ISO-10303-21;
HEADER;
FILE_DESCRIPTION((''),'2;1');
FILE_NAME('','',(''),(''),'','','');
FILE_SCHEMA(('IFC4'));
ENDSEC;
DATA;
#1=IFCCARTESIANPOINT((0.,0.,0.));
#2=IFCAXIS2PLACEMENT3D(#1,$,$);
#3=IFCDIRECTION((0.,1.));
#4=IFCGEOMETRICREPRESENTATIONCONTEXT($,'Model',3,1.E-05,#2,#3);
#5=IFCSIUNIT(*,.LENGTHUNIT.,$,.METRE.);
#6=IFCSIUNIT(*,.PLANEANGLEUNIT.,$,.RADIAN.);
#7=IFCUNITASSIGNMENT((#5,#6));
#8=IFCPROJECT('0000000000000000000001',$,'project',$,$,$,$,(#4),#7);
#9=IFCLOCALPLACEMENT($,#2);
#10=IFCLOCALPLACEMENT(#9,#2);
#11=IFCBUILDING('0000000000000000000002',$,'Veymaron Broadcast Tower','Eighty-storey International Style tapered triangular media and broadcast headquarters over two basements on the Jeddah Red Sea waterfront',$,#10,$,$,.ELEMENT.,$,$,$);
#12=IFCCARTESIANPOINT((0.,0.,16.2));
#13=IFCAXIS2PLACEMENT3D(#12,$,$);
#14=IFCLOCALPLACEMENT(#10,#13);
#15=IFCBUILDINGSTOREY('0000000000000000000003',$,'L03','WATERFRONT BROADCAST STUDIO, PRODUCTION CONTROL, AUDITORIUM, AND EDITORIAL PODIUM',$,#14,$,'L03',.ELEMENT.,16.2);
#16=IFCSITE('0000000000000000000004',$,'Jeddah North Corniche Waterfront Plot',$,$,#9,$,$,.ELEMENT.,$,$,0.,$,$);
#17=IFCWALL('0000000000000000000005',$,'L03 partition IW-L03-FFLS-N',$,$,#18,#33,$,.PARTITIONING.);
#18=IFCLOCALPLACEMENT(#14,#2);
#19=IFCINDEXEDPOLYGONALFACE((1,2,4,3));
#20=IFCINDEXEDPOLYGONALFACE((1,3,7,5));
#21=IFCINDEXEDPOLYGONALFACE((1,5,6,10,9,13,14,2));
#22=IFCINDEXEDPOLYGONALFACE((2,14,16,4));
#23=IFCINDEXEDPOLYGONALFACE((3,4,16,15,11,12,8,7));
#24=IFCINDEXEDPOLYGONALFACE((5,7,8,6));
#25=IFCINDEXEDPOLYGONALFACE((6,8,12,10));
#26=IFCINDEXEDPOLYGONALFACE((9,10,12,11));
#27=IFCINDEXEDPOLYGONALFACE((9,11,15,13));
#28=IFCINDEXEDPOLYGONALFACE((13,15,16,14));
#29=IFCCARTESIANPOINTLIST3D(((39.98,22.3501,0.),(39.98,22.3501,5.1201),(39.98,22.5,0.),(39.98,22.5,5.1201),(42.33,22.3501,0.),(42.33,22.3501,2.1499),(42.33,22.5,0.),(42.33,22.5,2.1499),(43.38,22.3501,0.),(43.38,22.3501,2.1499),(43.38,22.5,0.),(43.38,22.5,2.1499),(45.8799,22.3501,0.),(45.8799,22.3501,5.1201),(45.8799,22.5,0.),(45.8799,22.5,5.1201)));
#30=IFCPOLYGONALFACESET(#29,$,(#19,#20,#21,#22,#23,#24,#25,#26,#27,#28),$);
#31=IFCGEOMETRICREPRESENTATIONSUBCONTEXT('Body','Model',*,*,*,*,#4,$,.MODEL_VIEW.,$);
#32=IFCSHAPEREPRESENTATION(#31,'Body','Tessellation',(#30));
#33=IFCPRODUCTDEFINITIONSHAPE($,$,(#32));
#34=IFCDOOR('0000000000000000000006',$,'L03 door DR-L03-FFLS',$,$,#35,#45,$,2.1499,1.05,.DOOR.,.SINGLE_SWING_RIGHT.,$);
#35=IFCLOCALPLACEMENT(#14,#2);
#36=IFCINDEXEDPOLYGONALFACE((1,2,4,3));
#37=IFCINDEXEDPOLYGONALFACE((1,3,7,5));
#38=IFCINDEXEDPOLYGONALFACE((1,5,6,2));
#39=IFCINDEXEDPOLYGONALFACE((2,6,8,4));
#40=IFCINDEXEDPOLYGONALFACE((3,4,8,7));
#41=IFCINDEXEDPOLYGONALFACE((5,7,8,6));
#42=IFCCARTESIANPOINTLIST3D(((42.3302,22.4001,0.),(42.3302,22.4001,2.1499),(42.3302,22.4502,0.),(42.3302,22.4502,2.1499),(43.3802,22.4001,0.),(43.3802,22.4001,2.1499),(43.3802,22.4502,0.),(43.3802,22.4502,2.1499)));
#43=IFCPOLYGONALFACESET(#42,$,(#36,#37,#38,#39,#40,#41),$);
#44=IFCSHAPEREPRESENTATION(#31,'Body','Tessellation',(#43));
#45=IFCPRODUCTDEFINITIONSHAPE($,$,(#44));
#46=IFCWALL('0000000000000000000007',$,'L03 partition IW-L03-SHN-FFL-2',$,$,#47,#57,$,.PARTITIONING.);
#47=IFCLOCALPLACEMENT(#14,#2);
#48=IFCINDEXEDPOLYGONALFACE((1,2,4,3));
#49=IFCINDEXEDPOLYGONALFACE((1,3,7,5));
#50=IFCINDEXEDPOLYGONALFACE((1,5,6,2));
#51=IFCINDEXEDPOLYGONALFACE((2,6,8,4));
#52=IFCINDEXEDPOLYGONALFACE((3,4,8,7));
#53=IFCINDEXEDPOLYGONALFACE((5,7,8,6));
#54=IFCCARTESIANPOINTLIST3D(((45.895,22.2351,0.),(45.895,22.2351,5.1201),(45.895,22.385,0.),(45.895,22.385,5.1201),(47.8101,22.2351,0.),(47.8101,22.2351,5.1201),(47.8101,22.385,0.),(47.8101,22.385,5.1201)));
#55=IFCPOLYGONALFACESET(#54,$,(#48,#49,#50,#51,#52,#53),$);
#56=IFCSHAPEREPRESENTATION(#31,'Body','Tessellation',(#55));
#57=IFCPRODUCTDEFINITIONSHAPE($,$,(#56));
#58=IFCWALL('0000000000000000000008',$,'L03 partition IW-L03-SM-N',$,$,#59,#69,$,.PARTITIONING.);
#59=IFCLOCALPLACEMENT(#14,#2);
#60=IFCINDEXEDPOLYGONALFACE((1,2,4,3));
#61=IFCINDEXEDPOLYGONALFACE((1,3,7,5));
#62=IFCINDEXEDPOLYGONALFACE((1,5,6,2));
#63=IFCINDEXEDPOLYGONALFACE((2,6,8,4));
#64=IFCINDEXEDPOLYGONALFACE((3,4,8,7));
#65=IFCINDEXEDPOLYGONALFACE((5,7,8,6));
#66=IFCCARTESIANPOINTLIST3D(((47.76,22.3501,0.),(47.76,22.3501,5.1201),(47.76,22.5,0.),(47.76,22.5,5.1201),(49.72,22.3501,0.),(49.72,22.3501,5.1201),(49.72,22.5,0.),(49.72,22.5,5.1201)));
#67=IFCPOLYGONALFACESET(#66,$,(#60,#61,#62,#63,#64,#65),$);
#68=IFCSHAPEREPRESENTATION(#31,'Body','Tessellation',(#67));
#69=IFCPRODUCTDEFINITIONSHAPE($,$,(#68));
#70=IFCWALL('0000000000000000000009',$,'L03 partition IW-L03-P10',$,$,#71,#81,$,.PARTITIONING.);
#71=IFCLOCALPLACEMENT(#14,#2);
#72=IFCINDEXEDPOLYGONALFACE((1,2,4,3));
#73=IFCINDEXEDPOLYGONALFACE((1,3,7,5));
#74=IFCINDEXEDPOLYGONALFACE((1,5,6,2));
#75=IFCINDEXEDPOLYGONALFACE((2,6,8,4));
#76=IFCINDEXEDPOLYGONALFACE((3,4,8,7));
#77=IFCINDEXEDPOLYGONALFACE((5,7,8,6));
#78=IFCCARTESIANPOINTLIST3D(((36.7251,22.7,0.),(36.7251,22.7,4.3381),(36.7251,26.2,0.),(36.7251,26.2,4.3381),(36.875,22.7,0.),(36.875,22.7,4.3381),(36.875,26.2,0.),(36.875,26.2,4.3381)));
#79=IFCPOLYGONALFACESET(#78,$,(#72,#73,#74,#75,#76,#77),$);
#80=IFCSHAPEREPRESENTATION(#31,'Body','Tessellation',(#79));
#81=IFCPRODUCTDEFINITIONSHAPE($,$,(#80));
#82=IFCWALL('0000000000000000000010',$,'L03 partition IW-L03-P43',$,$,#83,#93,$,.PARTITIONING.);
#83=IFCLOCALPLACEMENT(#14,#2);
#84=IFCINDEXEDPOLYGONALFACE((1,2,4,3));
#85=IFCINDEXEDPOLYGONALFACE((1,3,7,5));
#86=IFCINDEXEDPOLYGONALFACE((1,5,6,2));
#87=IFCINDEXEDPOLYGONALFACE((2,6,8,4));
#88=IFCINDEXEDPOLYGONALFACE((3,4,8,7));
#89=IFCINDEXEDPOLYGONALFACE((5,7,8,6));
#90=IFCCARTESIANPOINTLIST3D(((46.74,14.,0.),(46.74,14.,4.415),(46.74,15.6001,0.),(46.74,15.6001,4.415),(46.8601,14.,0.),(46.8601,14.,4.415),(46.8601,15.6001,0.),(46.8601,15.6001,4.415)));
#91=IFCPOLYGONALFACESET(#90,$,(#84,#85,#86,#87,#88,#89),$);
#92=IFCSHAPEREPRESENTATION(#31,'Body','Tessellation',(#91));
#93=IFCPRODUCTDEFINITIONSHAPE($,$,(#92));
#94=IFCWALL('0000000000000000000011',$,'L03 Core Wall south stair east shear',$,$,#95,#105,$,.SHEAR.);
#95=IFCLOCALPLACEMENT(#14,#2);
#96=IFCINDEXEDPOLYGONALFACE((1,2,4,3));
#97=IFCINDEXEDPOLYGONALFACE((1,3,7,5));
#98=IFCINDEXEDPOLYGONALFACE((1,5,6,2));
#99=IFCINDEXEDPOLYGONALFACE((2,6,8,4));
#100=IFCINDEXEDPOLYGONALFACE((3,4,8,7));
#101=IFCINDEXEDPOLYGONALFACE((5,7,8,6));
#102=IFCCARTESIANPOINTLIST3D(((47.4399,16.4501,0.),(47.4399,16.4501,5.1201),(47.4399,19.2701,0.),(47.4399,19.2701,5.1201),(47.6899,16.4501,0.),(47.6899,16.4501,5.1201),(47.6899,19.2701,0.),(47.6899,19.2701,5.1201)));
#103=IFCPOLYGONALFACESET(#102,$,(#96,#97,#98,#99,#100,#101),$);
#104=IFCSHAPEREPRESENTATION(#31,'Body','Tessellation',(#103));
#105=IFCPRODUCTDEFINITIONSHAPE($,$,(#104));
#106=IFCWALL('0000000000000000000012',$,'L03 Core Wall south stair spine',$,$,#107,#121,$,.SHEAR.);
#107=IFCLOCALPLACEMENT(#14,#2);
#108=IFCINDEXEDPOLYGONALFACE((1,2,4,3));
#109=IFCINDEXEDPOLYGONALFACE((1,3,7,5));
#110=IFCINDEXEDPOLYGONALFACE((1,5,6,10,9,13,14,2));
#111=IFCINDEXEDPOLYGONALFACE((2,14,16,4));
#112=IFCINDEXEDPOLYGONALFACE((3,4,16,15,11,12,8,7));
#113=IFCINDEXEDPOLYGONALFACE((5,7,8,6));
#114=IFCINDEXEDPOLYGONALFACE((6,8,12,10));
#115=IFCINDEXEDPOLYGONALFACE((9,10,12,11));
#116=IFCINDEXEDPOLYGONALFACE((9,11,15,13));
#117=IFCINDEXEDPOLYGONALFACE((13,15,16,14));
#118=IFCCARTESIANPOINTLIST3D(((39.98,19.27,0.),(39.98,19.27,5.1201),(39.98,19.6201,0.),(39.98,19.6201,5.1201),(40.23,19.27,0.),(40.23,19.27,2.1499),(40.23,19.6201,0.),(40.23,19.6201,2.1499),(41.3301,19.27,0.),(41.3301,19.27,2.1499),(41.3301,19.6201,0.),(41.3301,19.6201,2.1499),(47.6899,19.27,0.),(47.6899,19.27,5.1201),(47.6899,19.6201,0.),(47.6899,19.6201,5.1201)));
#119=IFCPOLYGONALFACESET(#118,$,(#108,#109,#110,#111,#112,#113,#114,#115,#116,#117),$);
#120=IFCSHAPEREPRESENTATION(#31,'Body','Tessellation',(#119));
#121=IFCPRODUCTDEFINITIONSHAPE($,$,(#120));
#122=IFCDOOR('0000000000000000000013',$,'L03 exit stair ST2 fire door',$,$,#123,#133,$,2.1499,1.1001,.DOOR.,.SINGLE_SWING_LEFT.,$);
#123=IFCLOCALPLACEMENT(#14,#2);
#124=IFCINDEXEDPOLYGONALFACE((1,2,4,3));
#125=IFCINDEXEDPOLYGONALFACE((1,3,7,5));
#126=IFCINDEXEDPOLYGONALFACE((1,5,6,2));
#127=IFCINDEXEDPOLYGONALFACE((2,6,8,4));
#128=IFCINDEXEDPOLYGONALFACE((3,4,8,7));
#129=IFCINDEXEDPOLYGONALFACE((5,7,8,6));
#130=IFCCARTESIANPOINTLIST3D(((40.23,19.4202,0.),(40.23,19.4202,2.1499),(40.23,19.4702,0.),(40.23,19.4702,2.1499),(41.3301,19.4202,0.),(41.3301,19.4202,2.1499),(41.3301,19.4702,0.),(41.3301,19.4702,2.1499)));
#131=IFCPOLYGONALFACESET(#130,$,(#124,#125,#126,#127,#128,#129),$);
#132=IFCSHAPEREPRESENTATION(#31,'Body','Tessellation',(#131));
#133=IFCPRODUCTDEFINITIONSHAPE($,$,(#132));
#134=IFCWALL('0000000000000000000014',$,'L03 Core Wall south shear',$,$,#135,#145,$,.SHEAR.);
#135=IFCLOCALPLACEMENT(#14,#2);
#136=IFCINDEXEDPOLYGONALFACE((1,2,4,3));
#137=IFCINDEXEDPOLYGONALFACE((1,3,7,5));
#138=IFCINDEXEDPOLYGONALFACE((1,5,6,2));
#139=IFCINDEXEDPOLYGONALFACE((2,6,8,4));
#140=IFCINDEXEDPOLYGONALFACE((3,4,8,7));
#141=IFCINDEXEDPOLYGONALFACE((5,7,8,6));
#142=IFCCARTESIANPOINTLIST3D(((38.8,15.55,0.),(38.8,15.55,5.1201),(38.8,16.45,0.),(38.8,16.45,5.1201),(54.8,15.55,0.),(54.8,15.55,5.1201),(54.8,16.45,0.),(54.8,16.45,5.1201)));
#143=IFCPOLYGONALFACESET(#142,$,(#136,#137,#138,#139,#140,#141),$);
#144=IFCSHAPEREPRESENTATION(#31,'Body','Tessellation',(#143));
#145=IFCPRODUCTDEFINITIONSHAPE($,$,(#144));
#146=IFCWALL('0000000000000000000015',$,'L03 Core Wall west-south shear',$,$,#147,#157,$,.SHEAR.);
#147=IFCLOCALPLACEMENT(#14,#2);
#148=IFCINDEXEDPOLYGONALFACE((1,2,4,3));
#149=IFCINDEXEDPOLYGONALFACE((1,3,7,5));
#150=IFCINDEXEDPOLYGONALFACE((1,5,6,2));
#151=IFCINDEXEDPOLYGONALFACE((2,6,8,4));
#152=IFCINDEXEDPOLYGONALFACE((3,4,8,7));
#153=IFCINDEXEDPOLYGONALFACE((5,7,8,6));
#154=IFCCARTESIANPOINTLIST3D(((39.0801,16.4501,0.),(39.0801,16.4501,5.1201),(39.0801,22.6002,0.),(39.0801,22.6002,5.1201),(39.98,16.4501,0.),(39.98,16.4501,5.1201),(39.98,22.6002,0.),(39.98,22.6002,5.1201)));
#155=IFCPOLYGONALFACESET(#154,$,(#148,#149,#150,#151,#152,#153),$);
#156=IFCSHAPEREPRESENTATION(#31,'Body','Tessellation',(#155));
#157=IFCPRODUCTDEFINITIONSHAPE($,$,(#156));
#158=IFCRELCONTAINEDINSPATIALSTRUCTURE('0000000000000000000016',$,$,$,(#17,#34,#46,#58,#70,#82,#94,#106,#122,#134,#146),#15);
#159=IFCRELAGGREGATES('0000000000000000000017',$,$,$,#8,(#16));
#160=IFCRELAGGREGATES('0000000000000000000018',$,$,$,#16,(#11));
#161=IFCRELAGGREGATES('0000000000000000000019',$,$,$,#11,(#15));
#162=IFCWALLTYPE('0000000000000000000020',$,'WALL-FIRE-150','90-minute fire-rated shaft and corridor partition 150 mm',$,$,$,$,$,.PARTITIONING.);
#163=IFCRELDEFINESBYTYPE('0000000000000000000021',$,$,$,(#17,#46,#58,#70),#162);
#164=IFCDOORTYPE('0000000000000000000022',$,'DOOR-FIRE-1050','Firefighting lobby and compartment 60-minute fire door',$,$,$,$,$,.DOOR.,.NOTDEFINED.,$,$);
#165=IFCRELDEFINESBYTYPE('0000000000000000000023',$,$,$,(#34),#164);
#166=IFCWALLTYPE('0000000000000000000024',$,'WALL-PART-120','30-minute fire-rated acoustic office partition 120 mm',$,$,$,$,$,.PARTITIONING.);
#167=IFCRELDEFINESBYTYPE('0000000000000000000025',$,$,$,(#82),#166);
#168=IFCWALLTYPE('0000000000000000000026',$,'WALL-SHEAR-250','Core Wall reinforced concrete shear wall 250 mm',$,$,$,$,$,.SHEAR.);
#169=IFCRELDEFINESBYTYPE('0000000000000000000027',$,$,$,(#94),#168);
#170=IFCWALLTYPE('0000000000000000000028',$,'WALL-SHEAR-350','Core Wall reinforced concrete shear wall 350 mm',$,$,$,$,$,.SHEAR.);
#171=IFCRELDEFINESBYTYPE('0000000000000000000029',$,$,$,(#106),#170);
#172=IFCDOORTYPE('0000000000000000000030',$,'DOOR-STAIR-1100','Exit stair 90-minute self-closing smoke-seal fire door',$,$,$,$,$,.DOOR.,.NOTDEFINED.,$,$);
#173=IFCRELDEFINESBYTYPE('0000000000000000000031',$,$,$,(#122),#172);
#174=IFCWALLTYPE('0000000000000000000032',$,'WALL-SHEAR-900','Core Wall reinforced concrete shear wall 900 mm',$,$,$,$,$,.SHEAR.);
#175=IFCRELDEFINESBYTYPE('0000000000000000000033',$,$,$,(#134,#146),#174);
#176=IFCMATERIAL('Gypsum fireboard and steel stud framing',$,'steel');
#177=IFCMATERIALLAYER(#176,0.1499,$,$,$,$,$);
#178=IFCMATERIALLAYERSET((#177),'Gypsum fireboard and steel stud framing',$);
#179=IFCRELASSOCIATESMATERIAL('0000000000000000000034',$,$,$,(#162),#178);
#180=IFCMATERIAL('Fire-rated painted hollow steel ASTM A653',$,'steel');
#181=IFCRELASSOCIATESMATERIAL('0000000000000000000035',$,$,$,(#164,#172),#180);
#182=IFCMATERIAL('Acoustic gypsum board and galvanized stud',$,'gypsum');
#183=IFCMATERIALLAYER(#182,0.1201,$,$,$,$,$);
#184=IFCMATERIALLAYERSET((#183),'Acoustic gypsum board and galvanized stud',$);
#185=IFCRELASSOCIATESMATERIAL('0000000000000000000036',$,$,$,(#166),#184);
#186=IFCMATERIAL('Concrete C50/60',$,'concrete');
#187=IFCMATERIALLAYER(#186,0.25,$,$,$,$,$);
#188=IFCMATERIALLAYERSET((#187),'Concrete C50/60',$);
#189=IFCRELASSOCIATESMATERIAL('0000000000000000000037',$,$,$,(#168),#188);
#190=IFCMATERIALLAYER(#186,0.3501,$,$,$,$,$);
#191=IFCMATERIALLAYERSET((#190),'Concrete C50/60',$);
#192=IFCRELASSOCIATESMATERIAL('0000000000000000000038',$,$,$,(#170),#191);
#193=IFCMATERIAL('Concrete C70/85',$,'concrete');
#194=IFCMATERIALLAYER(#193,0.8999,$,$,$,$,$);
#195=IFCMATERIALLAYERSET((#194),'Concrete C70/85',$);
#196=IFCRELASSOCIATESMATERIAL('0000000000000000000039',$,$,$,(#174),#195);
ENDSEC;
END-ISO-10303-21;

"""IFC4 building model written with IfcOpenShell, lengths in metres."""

from ifc_helpers import new_model, si_unit, direction, frame, frame_2d, origin, place, context, subcontext, project, spatial, rectangle, extrude, material, layer, layer_set, type_object, element, fill, save


model = new_model("IFC4")

# Units and contexts
model_context = context("Model", 3, precision=1e-05, world=origin(), true_north=direction((0.0, 1.0)))
body_context = subcontext(model_context, "Body", "Model", "MODEL_VIEW")
ifc_project = project(units=[si_unit("LENGTHUNIT", "METRE"), si_unit("PLANEANGLEUNIT", "RADIAN")], contexts=[model_context])

# Site, building, storey
site_placement = place(None, origin())
site = spatial("IfcSite", under=ifc_project, at=site_placement, Name="Jeddah North Corniche Waterfront Plot", CompositionType="ELEMENT", RefElevation=0.0)
building_placement = place(site_placement, origin())
building = spatial("IfcBuilding", under=site, at=building_placement, Name="Veymaron Broadcast Tower", Description="Eighty-storey International Style tapered triangular media and broadcast headquarters over two basements on the Jeddah Red Sea waterfront", CompositionType="ELEMENT")
storey_placement = place(building_placement, frame((0.0, 0.0, 16.2)))
storey = spatial("IfcBuildingStorey", under=building, at=storey_placement, Name="L03", Description="WATERFRONT BROADCAST STUDIO, PRODUCTION CONTROL, AUDITORIUM, AND EDITORIAL PODIUM", LongName="L03", CompositionType="ELEMENT", Elevation=16.2)

# Shared definitions
ifc_material_1 = material(Name="Concrete C50/60", Category="concrete")

# Shared definitions
ifc_material_2 = material(Name="Concrete C70/85", Category="concrete")

# Wall, opening, door
ifc_material_3 = material(Name="Gypsum fireboard and steel stud framing", Category="steel")
ifc_layer_1 = layer(ifc_material_3, 0.1499)
ifc_layer_set_1 = layer_set([ifc_layer_1], Name="Gypsum fireboard and steel stud framing")
wall_type_1 = type_object("IfcWallType", Name="WALL-FIRE-150", Description="90-minute fire-rated shaft and corridor partition 150 mm", PredefinedType="PARTITIONING", material=ifc_layer_set_1)
wall_1_placement = place(storey_placement, frame((39.98, 22.425, 0.0), z_axis=(0.0, 0.0, 1.0), x_axis=(1.0, 0.0, 0.0)))
wall_1 = element("IfcWall", 1, at=wall_1_placement, inside=storey, type_object=wall_type_1, Name="L03 partition IW-L03-FFLS-N", PredefinedType="PARTITIONING", context=body_context, shape_type="SweptSolid", body=[
    extrude(rectangle(XDim=5.8999, YDim=0.1499, at=frame_2d((2.95, 0.0))), origin(), (0.0, 0.0, 1.0), 5.1201),
])
opening_1_placement = place(wall_1_placement, frame((2.3501, 0.0, 0.0)))
opening_1 = element("IfcOpeningElement", 2, at=opening_1_placement, cuts=wall_1, PredefinedType="OPENING", context=body_context, shape_type="SweptSolid", body=[
    extrude(rectangle(XDim=1.05, YDim=2.1499, at=frame_2d((0.5249, 1.075))), frame((0.0, 0.085, 0.0), z_axis=(0.0, -1.0, 0.0), x_axis=(1.0, 0.0, 0.0)), (0.0, 0.0, 1.0), 0.1699),
])
ifc_material_4 = material(Name="Fire-rated painted hollow steel ASTM A653", Category="steel")
door_type_1 = type_object("IfcDoorType", Name="DOOR-FIRE-1050", Description="Firefighting lobby and compartment 60-minute fire door", OperationType="NOTDEFINED", PredefinedType="DOOR", material=ifc_material_4)
door_1_placement = place(opening_1_placement, frame((1.05, 0.0, 0.0), z_axis=(0.0, 0.0, 1.0), x_axis=(-1.0, 0.0, 0.0)))
door_1 = element("IfcDoor", 3, at=door_1_placement, inside=storey, type_object=door_type_1, Name="L03 door DR-L03-FFLS", OperationType="SINGLE_SWING_RIGHT", OverallHeight=2.1499, OverallWidth=1.05, PredefinedType="DOOR", context=body_context, shape_type="SweptSolid", body=[
    extrude(rectangle(XDim=1.05, YDim=2.1499, at=frame_2d((0.5249, 1.075))), frame((0.0, 0.0249, 0.0), z_axis=(0.0, -1.0, 0.0), x_axis=(1.0, 0.0, 0.0)), (0.0, 0.0, 1.0), 0.05),
])
fill(opening_1, door_1)

# Walls
wall_2_placement = place(storey_placement, frame((45.895, 22.3101, 0.0), z_axis=(0.0, 0.0, 1.0), x_axis=(1.0, 0.0, 0.0)))
element("IfcWall", 4, at=wall_2_placement, inside=storey, type_object=wall_type_1, Name="L03 partition IW-L03-SHN-FFL-2", PredefinedType="PARTITIONING", context=body_context, shape_type="SweptSolid", body=[
    extrude(rectangle(XDim=1.915, YDim=0.1499, at=frame_2d((0.9575, 0.0))), origin(), (0.0, 0.0, 1.0), 5.1201),
])
wall_3_placement = place(storey_placement, frame((47.76, 22.425, 0.0), z_axis=(0.0, 0.0, 1.0), x_axis=(1.0, 0.0, 0.0)))
element("IfcWall", 5, at=wall_3_placement, inside=storey, type_object=wall_type_1, Name="L03 partition IW-L03-SM-N", PredefinedType="PARTITIONING", context=body_context, shape_type="SweptSolid", body=[
    extrude(rectangle(XDim=1.96, YDim=0.1499, at=frame_2d((0.98, 0.0))), origin(), (0.0, 0.0, 1.0), 5.1201),
])

# Walls
wall_4_placement = place(storey_placement, frame((36.8, 22.7, 0.0), z_axis=(0.0, 0.0, 1.0), x_axis=(0.0, 1.0, 0.0)))
element("IfcWall", 6, at=wall_4_placement, inside=storey, type_object=wall_type_1, Name="L03 partition IW-L03-P10", PredefinedType="PARTITIONING", context=body_context, shape_type="SweptSolid", body=[
    extrude(rectangle(XDim=3.5, YDim=0.1499, at=frame_2d((1.75, 0.0))), origin(), (0.0, 0.0, 1.0), 4.3381),
])
ifc_material_5 = material(Name="Acoustic gypsum board and galvanized stud", Category="gypsum")
ifc_layer_2 = layer(ifc_material_5, 0.1201)
ifc_layer_set_2 = layer_set([ifc_layer_2], Name="Acoustic gypsum board and galvanized stud")
wall_type_2 = type_object("IfcWallType", Name="WALL-PART-120", Description="30-minute fire-rated acoustic office partition 120 mm", PredefinedType="PARTITIONING", material=ifc_layer_set_2)
wall_5_placement = place(storey_placement, frame((46.8, 14.0, 0.0), z_axis=(0.0, 0.0, 1.0), x_axis=(0.0, 1.0, 0.0)))
element("IfcWall", 7, at=wall_5_placement, inside=storey, type_object=wall_type_2, Name="L03 partition IW-L03-P43", PredefinedType="PARTITIONING", context=body_context, shape_type="SweptSolid", body=[
    extrude(rectangle(XDim=1.6001, YDim=0.1201, at=frame_2d((0.8, 0.0))), origin(), (0.0, 0.0, 1.0), 4.415),
])
ifc_layer_3 = layer(ifc_material_1, 0.25)
ifc_layer_set_3 = layer_set([ifc_layer_3], Name="Concrete C50/60")
wall_type_3 = type_object("IfcWallType", Name="WALL-SHEAR-250", Description="Core Wall reinforced concrete shear wall 250 mm", PredefinedType="SHEAR", material=ifc_layer_set_3)
wall_6_placement = place(storey_placement, frame((47.5649, 16.45, 0.0), z_axis=(0.0, 0.0, 1.0), x_axis=(0.0, 1.0, 0.0)))
element("IfcWall", 8, at=wall_6_placement, inside=storey, type_object=wall_type_3, Name="L03 Core Wall south stair east shear", PredefinedType="SHEAR", context=body_context, shape_type="SweptSolid", body=[
    extrude(rectangle(XDim=2.8201, YDim=0.25, at=frame_2d((1.4102, 0.0))), origin(), (0.0, 0.0, 1.0), 5.1201),
])

# Wall, opening, door
ifc_layer_4 = layer(ifc_material_1, 0.3501)
ifc_layer_set_4 = layer_set([ifc_layer_4], Name="Concrete C50/60")
wall_type_4 = type_object("IfcWallType", Name="WALL-SHEAR-350", Description="Core Wall reinforced concrete shear wall 350 mm", PredefinedType="SHEAR", material=ifc_layer_set_4)
wall_7_placement = place(storey_placement, frame((39.98, 19.4451, 0.0), z_axis=(0.0, 0.0, 1.0), x_axis=(1.0, 0.0, 0.0)))
wall_7 = element("IfcWall", 9, at=wall_7_placement, inside=storey, type_object=wall_type_4, Name="L03 Core Wall south stair spine", PredefinedType="SHEAR", context=body_context, shape_type="SweptSolid", body=[
    extrude(rectangle(XDim=7.71, YDim=0.3501, at=frame_2d((3.855, 0.0))), origin(), (0.0, 0.0, 1.0), 5.1201),
])
opening_2_placement = place(wall_7_placement, frame((0.25, 0.0, 0.0)))
opening_2 = element("IfcOpeningElement", 10, at=opening_2_placement, cuts=wall_7, PredefinedType="OPENING", context=body_context, shape_type="SweptSolid", body=[
    extrude(rectangle(XDim=1.1001, YDim=2.1499, at=frame_2d((0.55, 1.075))), frame((0.0, 0.1851, 0.0), z_axis=(0.0, -1.0, 0.0), x_axis=(1.0, 0.0, 0.0)), (0.0, 0.0, 1.0), 0.3701),
])
door_type_2 = type_object("IfcDoorType", Name="DOOR-STAIR-1100", Description="Exit stair 90-minute self-closing smoke-seal fire door", OperationType="NOTDEFINED", PredefinedType="DOOR", material=ifc_material_4)
door_2_placement = place(opening_2_placement, frame((1.1001, 0.0, 0.0), z_axis=(0.0, 0.0, 1.0), x_axis=(-1.0, 0.0, 0.0)))
door_2 = element("IfcDoor", 11, at=door_2_placement, inside=storey, type_object=door_type_2, Name="L03 exit stair ST2 fire door", OperationType="SINGLE_SWING_LEFT", OverallHeight=2.1499, OverallWidth=1.1001, PredefinedType="DOOR", context=body_context, shape_type="SweptSolid", body=[
    extrude(rectangle(XDim=1.1001, YDim=2.1499, at=frame_2d((0.55, 1.075))), frame((0.0, 0.0249, 0.0), z_axis=(0.0, -1.0, 0.0), x_axis=(1.0, 0.0, 0.0)), (0.0, 0.0, 1.0), 0.05),
])
fill(opening_2, door_2)

# Walls
ifc_layer_5 = layer(ifc_material_2, 0.8999)
ifc_layer_set_5 = layer_set([ifc_layer_5], Name="Concrete C70/85")
wall_type_5 = type_object("IfcWallType", Name="WALL-SHEAR-900", Description="Core Wall reinforced concrete shear wall 900 mm", PredefinedType="SHEAR", material=ifc_layer_set_5)
wall_8_placement = place(storey_placement, frame((38.8, 16.0, 0.0), z_axis=(0.0, 0.0, 1.0), x_axis=(1.0, 0.0, 0.0)))
element("IfcWall", 12, at=wall_8_placement, inside=storey, type_object=wall_type_5, Name="L03 Core Wall south shear", PredefinedType="SHEAR", context=body_context, shape_type="SweptSolid", body=[
    extrude(rectangle(XDim=16.0, YDim=0.8999, at=frame_2d((8.0, 0.0))), origin(), (0.0, 0.0, 1.0), 5.1201),
])
wall_9_placement = place(storey_placement, frame((39.53, 16.45, 0.0), z_axis=(0.0, 0.0, 1.0), x_axis=(0.0, 1.0, 0.0)))
element("IfcWall", 13, at=wall_9_placement, inside=storey, type_object=wall_type_5, Name="L03 Core Wall west-south shear", PredefinedType="SHEAR", context=body_context, shape_type="SweptSolid", body=[
    extrude(rectangle(XDim=6.1501, YDim=0.8999, at=frame_2d((3.0752, 0.0))), origin(), (0.0, 0.0, 1.0), 5.1201),
])

save(model, "model.ifc")
